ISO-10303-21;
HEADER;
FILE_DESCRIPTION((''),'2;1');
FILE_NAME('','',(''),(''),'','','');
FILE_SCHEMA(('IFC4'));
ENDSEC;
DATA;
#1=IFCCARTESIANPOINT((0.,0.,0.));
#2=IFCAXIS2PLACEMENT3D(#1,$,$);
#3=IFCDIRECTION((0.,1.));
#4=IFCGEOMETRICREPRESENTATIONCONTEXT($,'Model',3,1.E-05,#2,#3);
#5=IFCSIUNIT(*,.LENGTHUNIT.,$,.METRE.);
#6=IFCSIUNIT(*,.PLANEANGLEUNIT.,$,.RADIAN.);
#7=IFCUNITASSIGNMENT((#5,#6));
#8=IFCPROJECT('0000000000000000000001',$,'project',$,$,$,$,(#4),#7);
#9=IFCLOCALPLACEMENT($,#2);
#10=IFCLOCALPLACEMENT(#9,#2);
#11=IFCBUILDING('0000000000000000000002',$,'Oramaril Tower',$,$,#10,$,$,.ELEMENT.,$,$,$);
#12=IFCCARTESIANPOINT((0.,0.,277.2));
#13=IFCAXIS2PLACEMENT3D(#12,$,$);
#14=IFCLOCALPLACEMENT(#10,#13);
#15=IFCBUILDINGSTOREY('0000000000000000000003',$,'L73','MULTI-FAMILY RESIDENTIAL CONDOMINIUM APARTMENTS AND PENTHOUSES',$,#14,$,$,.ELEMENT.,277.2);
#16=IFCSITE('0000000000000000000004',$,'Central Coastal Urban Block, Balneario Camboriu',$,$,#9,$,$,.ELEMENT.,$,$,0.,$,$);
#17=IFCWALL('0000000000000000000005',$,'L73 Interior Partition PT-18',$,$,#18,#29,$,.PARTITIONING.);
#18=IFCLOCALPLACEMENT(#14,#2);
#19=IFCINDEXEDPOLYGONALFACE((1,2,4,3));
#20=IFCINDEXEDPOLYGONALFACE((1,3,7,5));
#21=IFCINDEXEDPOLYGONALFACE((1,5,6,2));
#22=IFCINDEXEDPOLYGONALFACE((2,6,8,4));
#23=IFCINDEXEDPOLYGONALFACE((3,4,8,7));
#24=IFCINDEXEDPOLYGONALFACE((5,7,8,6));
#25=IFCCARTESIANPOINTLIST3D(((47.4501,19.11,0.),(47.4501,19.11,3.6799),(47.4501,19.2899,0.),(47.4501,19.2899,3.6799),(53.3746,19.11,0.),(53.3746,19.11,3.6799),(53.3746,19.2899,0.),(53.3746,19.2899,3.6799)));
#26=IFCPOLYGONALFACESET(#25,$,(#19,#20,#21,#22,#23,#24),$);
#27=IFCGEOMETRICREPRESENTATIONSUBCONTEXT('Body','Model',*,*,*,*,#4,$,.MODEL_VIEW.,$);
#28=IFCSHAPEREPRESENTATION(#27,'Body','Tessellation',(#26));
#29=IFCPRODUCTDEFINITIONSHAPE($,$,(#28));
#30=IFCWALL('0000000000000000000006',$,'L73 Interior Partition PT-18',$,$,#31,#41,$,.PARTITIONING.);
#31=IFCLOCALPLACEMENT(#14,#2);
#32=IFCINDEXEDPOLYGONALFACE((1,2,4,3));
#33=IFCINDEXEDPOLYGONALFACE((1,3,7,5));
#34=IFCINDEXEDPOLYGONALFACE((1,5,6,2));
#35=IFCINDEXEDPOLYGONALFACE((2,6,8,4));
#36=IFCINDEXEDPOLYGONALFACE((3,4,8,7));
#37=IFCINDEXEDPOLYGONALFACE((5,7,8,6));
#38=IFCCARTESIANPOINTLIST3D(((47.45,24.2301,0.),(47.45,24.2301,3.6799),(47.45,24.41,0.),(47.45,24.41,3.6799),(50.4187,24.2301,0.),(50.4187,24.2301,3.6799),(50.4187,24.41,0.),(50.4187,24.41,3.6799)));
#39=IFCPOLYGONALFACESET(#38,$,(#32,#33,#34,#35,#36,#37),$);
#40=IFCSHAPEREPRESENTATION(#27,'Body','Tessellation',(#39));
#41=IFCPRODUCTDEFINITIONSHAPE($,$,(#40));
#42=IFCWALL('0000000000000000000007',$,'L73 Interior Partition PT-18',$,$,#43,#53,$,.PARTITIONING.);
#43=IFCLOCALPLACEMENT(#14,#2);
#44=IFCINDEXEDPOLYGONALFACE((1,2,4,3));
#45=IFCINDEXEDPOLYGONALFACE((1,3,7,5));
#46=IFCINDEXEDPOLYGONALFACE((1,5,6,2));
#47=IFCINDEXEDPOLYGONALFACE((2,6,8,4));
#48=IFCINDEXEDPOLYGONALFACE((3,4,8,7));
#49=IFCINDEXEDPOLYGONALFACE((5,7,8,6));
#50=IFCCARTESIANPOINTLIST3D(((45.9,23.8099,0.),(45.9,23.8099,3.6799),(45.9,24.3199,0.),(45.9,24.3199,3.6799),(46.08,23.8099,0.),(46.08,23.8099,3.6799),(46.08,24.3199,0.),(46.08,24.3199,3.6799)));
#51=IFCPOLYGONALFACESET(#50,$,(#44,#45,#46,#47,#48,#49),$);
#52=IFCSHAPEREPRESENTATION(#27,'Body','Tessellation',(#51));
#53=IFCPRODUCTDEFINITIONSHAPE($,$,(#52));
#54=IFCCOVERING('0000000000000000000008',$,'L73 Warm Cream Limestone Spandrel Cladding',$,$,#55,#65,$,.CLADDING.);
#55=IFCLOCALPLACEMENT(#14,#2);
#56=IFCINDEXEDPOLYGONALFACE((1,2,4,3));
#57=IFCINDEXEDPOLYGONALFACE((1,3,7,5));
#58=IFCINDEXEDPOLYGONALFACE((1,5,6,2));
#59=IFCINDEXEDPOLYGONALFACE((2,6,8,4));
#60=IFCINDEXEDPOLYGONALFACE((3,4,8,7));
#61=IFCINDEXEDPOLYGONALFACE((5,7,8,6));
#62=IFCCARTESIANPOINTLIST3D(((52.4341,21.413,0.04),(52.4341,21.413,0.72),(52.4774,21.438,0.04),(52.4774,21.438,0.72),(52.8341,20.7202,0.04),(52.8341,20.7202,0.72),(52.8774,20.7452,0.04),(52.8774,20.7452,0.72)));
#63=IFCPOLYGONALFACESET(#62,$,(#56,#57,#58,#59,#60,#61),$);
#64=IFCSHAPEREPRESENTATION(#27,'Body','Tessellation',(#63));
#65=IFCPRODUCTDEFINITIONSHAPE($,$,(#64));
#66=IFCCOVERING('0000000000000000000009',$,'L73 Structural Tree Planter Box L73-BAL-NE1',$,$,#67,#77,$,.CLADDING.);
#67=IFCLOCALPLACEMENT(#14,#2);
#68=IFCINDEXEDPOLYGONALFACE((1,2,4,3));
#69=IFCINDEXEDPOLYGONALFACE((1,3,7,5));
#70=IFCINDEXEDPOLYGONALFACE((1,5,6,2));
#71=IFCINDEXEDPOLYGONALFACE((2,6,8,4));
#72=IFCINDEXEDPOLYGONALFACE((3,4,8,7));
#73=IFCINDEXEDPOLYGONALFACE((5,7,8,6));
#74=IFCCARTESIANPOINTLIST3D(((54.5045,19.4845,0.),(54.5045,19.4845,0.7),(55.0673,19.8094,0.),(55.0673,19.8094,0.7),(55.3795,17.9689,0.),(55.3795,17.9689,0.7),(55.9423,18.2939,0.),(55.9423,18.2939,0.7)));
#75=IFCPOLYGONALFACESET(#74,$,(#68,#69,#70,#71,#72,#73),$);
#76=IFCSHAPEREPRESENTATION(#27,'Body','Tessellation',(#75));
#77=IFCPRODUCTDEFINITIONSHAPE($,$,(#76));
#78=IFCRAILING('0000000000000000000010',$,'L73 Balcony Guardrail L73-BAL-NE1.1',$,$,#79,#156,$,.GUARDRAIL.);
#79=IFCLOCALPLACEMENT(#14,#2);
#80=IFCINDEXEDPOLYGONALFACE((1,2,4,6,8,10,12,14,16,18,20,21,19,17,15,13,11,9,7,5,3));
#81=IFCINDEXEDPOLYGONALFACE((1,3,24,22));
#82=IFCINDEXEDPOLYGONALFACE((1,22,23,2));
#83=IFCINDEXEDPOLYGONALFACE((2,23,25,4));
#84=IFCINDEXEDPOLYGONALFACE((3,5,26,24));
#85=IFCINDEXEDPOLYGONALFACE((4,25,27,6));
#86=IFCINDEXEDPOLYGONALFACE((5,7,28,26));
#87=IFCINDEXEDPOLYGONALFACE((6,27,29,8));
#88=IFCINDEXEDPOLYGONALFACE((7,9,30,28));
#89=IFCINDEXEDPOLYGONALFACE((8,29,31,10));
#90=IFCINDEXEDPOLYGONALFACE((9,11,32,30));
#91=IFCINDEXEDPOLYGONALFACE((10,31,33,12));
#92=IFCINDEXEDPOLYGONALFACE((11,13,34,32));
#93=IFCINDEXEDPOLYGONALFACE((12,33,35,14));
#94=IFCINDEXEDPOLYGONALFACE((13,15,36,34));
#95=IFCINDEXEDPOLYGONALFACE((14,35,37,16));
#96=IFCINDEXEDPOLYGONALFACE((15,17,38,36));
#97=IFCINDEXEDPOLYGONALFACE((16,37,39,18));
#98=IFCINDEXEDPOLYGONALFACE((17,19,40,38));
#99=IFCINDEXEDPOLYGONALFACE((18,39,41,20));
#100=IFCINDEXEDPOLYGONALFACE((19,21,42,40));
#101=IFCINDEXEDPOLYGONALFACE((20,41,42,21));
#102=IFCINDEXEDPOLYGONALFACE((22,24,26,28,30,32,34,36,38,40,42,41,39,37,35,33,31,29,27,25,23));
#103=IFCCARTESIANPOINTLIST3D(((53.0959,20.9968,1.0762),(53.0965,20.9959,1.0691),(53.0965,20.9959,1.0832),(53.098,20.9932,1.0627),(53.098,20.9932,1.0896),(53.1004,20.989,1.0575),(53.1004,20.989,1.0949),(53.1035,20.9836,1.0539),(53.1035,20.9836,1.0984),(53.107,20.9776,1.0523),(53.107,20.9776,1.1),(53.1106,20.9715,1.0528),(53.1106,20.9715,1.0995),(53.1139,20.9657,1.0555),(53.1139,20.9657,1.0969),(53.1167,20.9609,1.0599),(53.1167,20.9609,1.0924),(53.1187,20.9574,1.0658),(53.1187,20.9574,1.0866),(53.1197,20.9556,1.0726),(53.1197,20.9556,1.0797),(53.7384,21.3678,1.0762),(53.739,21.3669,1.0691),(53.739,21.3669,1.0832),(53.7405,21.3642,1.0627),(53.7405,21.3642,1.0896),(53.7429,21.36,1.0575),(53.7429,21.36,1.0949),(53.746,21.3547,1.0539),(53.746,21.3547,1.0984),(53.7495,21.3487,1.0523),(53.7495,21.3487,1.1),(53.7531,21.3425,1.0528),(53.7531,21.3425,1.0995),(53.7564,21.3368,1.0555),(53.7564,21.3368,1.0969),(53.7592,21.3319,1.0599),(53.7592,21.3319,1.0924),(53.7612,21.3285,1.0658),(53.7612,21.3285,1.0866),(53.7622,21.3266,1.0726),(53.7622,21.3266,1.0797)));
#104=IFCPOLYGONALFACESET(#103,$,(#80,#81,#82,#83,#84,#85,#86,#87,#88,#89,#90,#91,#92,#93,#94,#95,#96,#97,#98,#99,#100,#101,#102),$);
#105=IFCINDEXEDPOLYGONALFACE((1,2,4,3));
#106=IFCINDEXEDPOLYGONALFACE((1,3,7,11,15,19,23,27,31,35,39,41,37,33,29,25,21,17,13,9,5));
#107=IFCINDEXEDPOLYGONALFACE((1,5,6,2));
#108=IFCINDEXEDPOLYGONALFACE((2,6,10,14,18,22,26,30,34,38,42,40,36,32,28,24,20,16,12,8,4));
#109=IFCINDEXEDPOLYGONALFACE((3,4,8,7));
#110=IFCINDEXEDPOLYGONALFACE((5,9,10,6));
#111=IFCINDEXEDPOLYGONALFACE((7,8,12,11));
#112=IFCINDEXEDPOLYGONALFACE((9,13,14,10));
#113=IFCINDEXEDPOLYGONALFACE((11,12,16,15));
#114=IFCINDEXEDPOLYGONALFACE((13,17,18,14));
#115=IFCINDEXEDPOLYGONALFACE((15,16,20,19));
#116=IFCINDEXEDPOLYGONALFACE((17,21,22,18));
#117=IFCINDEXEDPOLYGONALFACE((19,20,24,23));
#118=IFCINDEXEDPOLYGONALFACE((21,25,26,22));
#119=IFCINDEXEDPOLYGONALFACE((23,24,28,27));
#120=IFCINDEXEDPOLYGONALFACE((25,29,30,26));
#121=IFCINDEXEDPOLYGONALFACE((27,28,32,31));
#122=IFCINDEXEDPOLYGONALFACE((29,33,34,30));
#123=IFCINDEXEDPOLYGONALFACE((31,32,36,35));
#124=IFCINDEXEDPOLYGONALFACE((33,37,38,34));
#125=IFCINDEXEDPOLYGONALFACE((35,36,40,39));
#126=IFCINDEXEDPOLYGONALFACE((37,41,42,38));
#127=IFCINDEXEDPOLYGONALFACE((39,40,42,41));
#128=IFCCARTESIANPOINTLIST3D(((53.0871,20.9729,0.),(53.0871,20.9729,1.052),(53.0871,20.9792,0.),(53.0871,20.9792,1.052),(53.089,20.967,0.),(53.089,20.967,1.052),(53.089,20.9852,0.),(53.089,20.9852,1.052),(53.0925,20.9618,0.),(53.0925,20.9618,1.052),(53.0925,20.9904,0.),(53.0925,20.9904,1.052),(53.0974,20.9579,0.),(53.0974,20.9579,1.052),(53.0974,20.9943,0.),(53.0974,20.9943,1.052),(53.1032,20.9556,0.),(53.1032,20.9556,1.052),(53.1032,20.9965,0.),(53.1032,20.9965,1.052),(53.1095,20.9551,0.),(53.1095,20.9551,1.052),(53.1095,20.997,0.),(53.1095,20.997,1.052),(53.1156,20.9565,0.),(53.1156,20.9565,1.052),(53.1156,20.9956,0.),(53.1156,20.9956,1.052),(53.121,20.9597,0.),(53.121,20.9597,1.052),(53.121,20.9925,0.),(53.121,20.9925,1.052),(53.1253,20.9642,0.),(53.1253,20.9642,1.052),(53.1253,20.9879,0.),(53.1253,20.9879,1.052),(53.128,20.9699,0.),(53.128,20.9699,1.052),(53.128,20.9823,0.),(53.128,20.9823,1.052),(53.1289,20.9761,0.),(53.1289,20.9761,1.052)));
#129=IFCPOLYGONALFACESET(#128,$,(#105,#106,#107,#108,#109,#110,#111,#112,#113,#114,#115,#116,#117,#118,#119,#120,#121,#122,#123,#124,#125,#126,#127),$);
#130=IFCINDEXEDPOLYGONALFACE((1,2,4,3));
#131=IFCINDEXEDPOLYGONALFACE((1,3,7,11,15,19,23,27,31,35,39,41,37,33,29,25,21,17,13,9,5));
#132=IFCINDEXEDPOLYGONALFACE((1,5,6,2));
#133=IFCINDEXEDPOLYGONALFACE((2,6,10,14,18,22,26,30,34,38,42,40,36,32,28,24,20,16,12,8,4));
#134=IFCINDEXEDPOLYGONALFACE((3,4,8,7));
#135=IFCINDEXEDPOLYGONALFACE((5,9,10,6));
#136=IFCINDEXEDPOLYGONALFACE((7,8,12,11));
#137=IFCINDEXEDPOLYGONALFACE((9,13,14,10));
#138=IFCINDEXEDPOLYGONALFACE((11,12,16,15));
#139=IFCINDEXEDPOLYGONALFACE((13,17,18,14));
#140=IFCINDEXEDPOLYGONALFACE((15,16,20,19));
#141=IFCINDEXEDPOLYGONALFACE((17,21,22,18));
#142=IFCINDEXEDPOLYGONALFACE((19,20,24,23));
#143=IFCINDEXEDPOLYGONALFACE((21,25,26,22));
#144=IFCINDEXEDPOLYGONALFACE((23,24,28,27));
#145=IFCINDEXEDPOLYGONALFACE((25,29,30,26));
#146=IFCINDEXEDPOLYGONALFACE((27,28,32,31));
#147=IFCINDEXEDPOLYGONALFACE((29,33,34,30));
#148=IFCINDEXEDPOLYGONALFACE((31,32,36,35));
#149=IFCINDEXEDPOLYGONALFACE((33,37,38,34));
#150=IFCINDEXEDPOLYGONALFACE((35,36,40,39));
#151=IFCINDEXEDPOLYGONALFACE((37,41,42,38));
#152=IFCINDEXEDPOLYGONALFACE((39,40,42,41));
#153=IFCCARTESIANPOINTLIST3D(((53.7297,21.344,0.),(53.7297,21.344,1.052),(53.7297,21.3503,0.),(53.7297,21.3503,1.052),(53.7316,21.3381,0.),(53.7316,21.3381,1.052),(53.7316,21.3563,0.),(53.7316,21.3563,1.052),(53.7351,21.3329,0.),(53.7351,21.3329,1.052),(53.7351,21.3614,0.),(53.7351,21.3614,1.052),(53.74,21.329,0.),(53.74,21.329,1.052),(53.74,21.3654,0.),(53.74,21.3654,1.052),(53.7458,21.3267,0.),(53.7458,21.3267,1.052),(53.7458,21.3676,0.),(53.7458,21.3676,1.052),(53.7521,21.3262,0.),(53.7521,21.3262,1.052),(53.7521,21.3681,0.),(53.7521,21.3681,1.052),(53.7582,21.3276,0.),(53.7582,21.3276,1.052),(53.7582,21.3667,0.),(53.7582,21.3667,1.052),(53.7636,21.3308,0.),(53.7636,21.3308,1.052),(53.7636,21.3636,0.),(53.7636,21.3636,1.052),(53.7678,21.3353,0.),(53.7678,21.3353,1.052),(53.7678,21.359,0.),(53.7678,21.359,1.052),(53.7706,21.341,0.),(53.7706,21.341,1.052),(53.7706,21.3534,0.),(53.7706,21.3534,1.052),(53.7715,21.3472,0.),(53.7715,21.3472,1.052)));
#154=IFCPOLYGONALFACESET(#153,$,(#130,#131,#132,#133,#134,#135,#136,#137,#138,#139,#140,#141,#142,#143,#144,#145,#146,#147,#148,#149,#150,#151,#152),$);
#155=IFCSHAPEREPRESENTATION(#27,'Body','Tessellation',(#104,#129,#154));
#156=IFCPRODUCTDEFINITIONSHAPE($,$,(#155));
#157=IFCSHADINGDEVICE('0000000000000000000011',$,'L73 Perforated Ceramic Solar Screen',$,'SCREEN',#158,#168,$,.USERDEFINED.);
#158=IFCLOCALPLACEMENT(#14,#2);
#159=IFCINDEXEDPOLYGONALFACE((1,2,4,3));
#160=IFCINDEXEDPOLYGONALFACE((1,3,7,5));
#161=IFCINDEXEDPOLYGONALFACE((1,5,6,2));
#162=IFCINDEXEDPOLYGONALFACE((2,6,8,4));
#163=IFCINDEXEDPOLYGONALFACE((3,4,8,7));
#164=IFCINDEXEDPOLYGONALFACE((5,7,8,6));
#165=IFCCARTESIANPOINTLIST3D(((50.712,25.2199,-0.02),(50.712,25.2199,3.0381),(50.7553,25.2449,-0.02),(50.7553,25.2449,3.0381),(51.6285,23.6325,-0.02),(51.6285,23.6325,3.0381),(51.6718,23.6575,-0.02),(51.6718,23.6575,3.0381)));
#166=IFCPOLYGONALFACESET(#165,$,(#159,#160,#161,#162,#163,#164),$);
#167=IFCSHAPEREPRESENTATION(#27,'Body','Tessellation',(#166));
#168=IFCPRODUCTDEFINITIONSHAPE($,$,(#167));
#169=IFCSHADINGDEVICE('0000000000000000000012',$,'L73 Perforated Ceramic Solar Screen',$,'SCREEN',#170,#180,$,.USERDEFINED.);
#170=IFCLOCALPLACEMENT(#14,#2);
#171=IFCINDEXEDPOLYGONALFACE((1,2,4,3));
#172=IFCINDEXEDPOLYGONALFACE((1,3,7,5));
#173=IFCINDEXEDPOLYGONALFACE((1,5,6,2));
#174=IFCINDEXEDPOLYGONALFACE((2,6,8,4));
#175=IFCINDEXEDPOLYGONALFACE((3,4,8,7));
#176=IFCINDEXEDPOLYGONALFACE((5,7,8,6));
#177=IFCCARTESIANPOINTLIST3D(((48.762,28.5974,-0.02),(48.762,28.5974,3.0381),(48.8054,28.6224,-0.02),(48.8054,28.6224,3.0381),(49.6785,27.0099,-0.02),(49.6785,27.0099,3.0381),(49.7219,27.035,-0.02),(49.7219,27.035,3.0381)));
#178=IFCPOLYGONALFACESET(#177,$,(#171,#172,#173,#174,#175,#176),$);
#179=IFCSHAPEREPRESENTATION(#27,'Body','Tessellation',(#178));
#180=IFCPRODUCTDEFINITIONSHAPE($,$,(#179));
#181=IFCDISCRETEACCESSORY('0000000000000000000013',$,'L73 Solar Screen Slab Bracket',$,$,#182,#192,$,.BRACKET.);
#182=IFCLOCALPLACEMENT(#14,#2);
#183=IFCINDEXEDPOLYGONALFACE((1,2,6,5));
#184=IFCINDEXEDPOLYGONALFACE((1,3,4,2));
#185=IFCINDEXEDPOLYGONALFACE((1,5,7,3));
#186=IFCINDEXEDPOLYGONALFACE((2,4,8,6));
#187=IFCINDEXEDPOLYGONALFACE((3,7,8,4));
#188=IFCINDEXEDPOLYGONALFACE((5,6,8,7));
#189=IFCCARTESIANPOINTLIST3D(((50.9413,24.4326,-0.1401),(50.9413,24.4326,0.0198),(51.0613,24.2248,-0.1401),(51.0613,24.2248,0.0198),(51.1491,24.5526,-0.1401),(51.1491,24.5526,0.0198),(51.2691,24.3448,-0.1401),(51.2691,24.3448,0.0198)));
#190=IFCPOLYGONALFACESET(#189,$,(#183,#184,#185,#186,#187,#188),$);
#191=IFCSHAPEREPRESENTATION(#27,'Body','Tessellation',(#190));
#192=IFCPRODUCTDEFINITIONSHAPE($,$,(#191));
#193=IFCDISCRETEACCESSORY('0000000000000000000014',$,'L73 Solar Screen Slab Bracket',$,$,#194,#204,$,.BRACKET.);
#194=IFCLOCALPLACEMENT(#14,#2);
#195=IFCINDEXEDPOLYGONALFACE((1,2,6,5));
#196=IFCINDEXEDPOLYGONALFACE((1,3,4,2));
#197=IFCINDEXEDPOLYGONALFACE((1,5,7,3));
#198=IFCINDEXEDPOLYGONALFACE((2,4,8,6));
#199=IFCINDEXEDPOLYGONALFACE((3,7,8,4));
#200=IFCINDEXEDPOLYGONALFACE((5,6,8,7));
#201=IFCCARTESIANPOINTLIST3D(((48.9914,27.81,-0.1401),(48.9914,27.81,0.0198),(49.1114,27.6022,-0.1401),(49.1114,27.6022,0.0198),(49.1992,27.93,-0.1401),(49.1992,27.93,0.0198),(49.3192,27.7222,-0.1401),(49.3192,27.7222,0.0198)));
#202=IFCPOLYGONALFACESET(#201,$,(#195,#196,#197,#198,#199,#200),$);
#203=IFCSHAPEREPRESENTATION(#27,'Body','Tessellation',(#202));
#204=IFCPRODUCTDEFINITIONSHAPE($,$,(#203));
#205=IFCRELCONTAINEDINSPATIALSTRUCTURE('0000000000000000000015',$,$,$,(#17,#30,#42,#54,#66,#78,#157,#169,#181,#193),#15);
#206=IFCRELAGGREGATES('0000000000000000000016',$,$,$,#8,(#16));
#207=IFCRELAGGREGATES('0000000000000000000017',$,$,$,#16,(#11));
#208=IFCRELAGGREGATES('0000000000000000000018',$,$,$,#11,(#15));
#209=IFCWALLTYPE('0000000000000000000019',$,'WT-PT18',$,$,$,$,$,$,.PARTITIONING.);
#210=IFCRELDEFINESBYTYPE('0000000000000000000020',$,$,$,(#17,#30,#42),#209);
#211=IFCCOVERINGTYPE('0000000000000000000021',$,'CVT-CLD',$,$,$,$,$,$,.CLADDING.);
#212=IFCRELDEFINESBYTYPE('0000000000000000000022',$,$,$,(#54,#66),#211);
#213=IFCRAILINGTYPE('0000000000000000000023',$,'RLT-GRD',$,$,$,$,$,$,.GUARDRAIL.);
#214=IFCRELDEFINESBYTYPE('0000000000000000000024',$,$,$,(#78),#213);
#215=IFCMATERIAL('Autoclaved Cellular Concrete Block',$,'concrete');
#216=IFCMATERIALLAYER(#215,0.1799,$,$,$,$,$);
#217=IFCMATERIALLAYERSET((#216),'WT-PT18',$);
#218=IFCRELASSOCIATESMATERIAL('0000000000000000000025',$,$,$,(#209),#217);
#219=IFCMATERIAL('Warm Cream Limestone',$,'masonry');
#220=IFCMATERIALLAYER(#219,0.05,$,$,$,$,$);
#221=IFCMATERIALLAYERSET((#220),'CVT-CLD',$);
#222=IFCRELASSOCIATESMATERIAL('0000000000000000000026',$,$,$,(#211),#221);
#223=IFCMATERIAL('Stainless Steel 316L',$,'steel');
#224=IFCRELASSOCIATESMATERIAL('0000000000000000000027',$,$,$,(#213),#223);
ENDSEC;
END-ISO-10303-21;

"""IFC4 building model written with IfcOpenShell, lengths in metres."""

from ifc_helpers import new_model, si_unit, direction, frame, frame_2d, origin, origin_2d, place, context, subcontext, project, spatial, rectangle, circle, extrude, material, layer, layer_set, type_object, element, save


model = new_model("IFC4")

# Units and contexts
model_context = context("Model", 3, precision=1e-05, world=origin(), true_north=direction((0.0, 1.0)))
body_context = subcontext(model_context, "Body", "Model", "MODEL_VIEW")
ifc_project = project(units=[si_unit("LENGTHUNIT", "METRE"), si_unit("PLANEANGLEUNIT", "RADIAN")], contexts=[model_context])

# Site, building, storey
site_placement = place(None, origin())
site = spatial("IfcSite", under=ifc_project, at=site_placement, Name="Central Coastal Urban Block, Balneario Camboriu", CompositionType="ELEMENT", RefElevation=0.0)
building_placement = place(site_placement, origin())
building = spatial("IfcBuilding", under=site, at=building_placement, Name="Oramaril Tower", CompositionType="ELEMENT")
storey_placement = place(building_placement, frame((0.0, 0.0, 277.2)))
storey = spatial("IfcBuildingStorey", under=building, at=storey_placement, Name="L73", Description="MULTI-FAMILY RESIDENTIAL CONDOMINIUM APARTMENTS AND PENTHOUSES", CompositionType="ELEMENT", Elevation=277.2)

# Walls
ifc_material_1 = material(Name="Autoclaved Cellular Concrete Block", Category="concrete")
ifc_layer_1 = layer(ifc_material_1, 0.1799)
ifc_layer_set_1 = layer_set([ifc_layer_1], Name="WT-PT18")
wall_type_1 = type_object("IfcWallType", Name="WT-PT18", PredefinedType="PARTITIONING", material=ifc_layer_set_1)
wall_1_placement = place(storey_placement, frame((47.45, 19.2, 0.0), z_axis=(0.0, 0.0, 1.0), x_axis=(1.0, 0.0, 0.0)))
element("IfcWall", 1, at=wall_1_placement, inside=storey, type_object=wall_type_1, Name="L73 Interior Partition PT-18", PredefinedType="PARTITIONING", context=body_context, shape_type="SweptSolid", body=[
    extrude(rectangle(XDim=5.9246, YDim=0.1799, at=frame_2d((2.9624, 0.0))), origin(), (0.0, 0.0, 1.0), 3.6799),
])
wall_2_placement = place(storey_placement, frame((47.45, 24.3201, 0.0), z_axis=(0.0, 0.0, 1.0), x_axis=(1.0, 0.0, 0.0)))
element("IfcWall", 2, at=wall_2_placement, inside=storey, type_object=wall_type_1, Name="L73 Interior Partition PT-18", PredefinedType="PARTITIONING", context=body_context, shape_type="SweptSolid", body=[
    extrude(rectangle(XDim=2.9688, YDim=0.1799, at=frame_2d((1.4844, 0.0))), origin(), (0.0, 0.0, 1.0), 3.6799),
])
wall_3_placement = place(storey_placement, frame((45.99, 23.8101, 0.0), z_axis=(0.0, 0.0, 1.0), x_axis=(0.0, 1.0, 0.0)))
element("IfcWall", 3, at=wall_3_placement, inside=storey, type_object=wall_type_1, Name="L73 Interior Partition PT-18", PredefinedType="PARTITIONING", context=body_context, shape_type="SweptSolid", body=[
    extrude(rectangle(XDim=0.51, YDim=0.1799, at=frame_2d((0.2549, 0.0))), origin(), (0.0, 0.0, 1.0), 3.6799),
])

# Coverings
ifc_material_2 = material(Name="Warm Cream Limestone", Category="masonry")
ifc_layer_2 = layer(ifc_material_2, 0.05)
ifc_layer_set_2 = layer_set([ifc_layer_2], Name="CVT-CLD")
covering_type = type_object("IfcCoveringType", Name="CVT-CLD", PredefinedType="CLADDING", material=ifc_layer_set_2)
covering_1_placement = place(storey_placement, frame((52.6558, 21.0791, 0.04), z_axis=(0.0, 0.0, 1.0), x_axis=(-0.499998, 0.866026, 0.0)))
element("IfcCovering", 4, at=covering_1_placement, inside=storey, type_object=covering_type, Name="L73 Warm Cream Limestone Spandrel Cladding", PredefinedType="CLADDING", context=body_context, shape_type="SweptSolid", body=[
    extrude(rectangle(XDim=0.8, YDim=0.05, at=origin_2d()), origin(), (0.0, 0.0, 1.0), 0.6799),
])
covering_2_placement = place(storey_placement, frame((55.2234, 18.8892, 0.0), z_axis=(0.0, 0.0, 1.0), x_axis=(-0.499998, 0.866026, 0.0)))
element("IfcCovering", 5, at=covering_2_placement, inside=storey, type_object=covering_type, Name="L73 Structural Tree Planter Box L73-BAL-NE1", PredefinedType="CLADDING", context=body_context, shape_type="SweptSolid", body=[
    extrude(rectangle(XDim=1.75, YDim=0.6499, at=origin_2d()), origin(), (0.0, 0.0, 1.0), 0.7),
])

# Railing
ifc_material_3 = material(Name="Stainless Steel 316L", Category="steel")
railing_type = type_object("IfcRailingType", Name="RLT-GRD", PredefinedType="GUARDRAIL", material=ifc_material_3)
railing_1_placement = place(storey_placement, frame((53.1079, 20.9761, 0.0)))
element("IfcRailing", 6, at=railing_1_placement, inside=storey, type_object=railing_type, Name="L73 Balcony Guardrail L73-BAL-NE1.1", PredefinedType="GUARDRAIL", context=body_context, shape_type="SweptSolid", body=[
    extrude(circle(Radius=0.0239, at=origin_2d()), frame((0.0, 0.0, 1.0762), z_axis=(0.865966, 0.500102, 0.0), x_axis=(-0.500102, 0.865966, 0.0)), (0.0, 0.0, 1.0), 0.7419),
    extrude(circle(Radius=0.021, at=origin_2d()), origin(), (0.0, 0.0, 1.0), 1.052),
    extrude(circle(Radius=0.021, at=origin_2d()), frame((0.6426, 0.3711, 0.0)), (0.0, 0.0, 1.0), 1.052),
])

# Shading devices
for number, where, z_axis, x_axis, name in (
    (7, (51.1919, 24.4387, -0.02), (0.0, 0.0, 1.0), (-0.499998, 0.866026, 0.0), "L73 Perforated Ceramic Solar Screen"),
    (8, (49.2419, 27.8162, -0.02), (0.0, 0.0, 1.0), (-0.499998, 0.866026, 0.0), "L73 Perforated Ceramic Solar Screen"),
):
    element("IfcShadingDevice", number, at=place(storey_placement, frame(where, z_axis=z_axis, x_axis=x_axis)), inside=storey, Name=name, ObjectType="SCREEN", PredefinedType="USERDEFINED", context=body_context, shape_type="SweptSolid", body=[
        extrude(rectangle(XDim=1.833, YDim=0.05, at=origin_2d()), origin(), (0.0, 0.0, 1.0), 3.0581),
    ])

# Discrete accessories
for number, where, z_axis, x_axis, name in (
    (9, (51.1052, 24.3887, -0.1401), (0.0, 0.0, 1.0), (-0.499998, 0.866026, 0.0), "L73 Solar Screen Slab Bracket"),
    (10, (49.1553, 27.7661, -0.1401), (0.0, 0.0, 1.0), (-0.499998, 0.866026, 0.0), "L73 Solar Screen Slab Bracket"),
):
    element("IfcDiscreteAccessory", number, at=place(storey_placement, frame(where, z_axis=z_axis, x_axis=x_axis)), inside=storey, Name=name, PredefinedType="BRACKET", context=body_context, shape_type="SweptSolid", body=[
        extrude(rectangle(XDim=0.24, YDim=0.24, at=origin_2d()), origin(), (0.0, 0.0, 1.0), 0.1599),
    ])

save(model, "model.ifc")
